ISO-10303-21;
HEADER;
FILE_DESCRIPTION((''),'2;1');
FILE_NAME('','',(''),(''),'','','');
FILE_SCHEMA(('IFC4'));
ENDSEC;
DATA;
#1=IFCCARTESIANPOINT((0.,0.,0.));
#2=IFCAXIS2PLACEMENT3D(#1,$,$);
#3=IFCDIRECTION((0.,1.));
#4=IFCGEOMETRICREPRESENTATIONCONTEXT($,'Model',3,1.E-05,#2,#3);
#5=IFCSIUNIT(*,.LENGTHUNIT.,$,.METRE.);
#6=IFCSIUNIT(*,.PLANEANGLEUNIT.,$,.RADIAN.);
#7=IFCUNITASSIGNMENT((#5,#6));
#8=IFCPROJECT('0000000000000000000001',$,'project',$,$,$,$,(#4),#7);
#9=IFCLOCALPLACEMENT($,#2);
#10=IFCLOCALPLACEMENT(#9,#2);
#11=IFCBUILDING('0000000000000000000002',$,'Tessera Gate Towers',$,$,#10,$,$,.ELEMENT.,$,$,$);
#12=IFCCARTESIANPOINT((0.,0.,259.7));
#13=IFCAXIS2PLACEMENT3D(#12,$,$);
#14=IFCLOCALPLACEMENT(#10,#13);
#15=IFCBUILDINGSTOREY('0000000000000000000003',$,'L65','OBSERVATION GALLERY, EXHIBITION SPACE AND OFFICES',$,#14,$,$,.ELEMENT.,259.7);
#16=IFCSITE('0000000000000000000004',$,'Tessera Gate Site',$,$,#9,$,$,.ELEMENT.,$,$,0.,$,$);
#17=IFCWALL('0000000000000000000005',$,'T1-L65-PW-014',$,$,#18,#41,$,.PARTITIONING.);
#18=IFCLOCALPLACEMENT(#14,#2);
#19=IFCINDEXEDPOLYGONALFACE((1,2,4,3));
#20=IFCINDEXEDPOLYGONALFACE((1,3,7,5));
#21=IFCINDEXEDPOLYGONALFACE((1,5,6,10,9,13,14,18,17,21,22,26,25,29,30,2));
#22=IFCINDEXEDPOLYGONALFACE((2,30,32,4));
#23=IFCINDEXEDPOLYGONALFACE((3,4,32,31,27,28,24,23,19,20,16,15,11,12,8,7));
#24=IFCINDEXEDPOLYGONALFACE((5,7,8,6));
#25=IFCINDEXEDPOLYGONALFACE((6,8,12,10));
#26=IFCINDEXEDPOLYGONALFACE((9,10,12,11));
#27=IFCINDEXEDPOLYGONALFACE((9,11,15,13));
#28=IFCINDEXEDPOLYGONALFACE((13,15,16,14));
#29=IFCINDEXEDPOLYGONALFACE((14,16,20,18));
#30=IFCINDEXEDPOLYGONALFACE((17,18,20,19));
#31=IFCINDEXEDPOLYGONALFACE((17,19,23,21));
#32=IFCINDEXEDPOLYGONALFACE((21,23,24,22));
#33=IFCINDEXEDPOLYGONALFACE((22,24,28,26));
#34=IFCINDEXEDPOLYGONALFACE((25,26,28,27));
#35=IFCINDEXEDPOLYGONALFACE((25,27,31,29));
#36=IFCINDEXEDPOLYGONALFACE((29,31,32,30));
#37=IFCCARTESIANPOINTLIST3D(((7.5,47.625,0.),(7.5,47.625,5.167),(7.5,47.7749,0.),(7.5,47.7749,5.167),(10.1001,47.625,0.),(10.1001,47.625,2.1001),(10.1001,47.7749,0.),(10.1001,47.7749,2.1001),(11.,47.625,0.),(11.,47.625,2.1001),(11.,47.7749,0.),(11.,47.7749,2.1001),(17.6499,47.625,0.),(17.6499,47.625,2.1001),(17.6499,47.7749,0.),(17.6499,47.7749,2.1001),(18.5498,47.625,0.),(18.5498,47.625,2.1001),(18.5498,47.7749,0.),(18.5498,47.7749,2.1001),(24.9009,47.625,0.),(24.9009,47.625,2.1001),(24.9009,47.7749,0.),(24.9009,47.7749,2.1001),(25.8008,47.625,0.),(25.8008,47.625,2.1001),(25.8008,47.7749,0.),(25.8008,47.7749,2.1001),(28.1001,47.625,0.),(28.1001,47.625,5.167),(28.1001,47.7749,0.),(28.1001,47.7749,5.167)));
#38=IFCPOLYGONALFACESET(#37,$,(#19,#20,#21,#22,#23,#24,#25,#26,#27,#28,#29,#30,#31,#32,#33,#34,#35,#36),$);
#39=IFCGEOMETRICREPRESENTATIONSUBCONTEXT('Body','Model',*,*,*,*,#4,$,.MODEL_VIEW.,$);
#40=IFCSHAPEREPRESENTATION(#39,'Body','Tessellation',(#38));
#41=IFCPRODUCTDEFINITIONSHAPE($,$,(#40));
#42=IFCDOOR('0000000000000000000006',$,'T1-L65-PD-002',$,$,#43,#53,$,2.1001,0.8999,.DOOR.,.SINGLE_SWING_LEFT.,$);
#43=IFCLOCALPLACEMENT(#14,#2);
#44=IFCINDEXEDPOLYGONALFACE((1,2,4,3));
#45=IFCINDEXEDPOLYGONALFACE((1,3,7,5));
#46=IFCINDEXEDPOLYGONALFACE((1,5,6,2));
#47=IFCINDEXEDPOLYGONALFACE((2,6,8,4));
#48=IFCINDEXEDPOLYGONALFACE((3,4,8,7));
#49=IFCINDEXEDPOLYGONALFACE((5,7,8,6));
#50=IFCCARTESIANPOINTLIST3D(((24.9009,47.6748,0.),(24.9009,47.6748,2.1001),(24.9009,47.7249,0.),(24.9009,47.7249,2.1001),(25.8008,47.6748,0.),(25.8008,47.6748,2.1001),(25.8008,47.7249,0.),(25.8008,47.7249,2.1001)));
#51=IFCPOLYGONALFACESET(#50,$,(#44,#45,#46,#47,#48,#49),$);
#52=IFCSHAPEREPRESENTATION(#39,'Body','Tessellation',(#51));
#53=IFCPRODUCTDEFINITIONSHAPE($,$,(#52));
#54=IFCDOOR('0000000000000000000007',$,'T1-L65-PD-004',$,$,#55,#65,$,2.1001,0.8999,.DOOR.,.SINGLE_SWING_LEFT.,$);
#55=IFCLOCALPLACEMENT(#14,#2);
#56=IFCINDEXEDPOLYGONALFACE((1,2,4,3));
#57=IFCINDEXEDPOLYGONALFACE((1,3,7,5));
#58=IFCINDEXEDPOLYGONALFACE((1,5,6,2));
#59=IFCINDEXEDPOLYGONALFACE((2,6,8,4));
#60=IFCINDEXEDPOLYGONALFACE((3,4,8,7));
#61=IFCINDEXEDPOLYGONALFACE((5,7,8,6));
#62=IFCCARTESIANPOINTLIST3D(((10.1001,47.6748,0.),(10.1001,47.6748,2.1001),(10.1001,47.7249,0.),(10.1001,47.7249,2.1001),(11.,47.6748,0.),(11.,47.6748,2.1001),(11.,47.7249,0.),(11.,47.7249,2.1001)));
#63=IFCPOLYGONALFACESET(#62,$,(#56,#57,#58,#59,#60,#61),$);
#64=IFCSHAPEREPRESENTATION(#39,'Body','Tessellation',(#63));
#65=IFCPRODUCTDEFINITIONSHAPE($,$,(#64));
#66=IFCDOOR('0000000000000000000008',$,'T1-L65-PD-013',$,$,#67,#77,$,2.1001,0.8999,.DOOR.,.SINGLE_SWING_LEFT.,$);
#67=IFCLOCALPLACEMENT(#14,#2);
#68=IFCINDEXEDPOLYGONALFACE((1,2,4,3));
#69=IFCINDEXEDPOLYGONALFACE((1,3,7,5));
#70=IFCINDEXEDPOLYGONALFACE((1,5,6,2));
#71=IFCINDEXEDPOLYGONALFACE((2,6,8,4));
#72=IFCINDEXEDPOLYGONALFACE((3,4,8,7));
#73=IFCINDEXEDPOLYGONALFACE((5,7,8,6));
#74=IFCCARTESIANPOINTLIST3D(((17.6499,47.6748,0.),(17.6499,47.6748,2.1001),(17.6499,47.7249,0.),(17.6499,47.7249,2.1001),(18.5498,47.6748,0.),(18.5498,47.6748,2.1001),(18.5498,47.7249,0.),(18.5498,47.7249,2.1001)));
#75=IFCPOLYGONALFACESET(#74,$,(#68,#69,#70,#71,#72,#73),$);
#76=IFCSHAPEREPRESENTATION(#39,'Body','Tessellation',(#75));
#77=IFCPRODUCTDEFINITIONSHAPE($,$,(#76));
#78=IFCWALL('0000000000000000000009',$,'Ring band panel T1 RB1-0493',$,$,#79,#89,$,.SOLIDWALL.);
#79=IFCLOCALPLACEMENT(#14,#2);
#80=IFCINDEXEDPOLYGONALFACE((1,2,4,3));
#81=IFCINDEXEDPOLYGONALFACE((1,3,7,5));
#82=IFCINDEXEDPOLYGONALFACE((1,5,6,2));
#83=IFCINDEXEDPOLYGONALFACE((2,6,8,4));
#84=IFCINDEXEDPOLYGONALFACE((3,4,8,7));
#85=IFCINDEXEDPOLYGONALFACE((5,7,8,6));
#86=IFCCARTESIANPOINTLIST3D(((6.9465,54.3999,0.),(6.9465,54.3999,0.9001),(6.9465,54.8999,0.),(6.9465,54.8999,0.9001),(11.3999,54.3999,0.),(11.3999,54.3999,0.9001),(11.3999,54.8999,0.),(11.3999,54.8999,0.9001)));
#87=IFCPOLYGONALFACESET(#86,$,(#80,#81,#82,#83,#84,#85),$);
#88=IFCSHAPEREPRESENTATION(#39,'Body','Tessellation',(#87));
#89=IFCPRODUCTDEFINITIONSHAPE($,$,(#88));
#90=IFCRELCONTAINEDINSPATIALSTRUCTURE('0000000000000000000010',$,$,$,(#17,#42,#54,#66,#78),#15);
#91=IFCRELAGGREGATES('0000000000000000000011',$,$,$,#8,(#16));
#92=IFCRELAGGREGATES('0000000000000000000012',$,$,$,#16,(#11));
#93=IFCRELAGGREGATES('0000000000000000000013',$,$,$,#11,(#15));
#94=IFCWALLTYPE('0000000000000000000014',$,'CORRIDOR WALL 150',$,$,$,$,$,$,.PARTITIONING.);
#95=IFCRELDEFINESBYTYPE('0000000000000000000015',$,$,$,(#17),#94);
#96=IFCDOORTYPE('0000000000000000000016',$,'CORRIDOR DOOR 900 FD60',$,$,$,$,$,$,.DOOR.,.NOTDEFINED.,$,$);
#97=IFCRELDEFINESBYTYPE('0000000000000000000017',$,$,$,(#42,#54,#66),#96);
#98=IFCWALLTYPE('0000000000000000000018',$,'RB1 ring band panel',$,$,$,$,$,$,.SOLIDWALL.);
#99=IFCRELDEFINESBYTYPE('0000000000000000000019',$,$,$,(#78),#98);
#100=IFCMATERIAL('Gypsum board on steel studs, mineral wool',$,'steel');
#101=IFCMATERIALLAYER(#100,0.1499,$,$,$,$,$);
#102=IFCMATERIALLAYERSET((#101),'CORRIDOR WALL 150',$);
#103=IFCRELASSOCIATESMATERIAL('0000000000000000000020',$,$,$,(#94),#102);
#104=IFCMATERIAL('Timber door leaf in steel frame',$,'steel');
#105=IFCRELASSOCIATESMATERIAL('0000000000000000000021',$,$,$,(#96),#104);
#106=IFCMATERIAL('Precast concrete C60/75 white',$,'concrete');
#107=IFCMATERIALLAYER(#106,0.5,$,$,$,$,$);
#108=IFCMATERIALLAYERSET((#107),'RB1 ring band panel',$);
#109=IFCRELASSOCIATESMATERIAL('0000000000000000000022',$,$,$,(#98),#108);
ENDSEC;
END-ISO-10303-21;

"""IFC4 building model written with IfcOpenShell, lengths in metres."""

from ifc_helpers import new_model, si_unit, direction, frame, frame_2d, origin, place, context, subcontext, project, spatial, polyline, rectangle, outline, extrude, source, transform, mapped, material, layer, layer_set, type_object, element, fill, save


model = new_model("IFC4")

# Units and contexts
model_context = context("Model", 3, precision=1e-05, world=origin(), true_north=direction((0.0, 1.0)))
body_context = subcontext(model_context, "Body", "Model", "MODEL_VIEW")
ifc_project = project(units=[si_unit("LENGTHUNIT", "METRE"), si_unit("PLANEANGLEUNIT", "RADIAN")], contexts=[model_context])

# Site, building, storey
site_placement = place(None, origin())
site = spatial("IfcSite", under=ifc_project, at=site_placement, Name="Tessera Gate Site", CompositionType="ELEMENT", RefElevation=0.0)
building_placement = place(site_placement, origin())
building = spatial("IfcBuilding", under=site, at=building_placement, Name="Tessera Gate Towers", CompositionType="ELEMENT")
storey_placement = place(building_placement, frame((0.0, 0.0, 259.7)))
storey = spatial("IfcBuildingStorey", under=building, at=storey_placement, Name="L65", Description="OBSERVATION GALLERY, EXHIBITION SPACE AND OFFICES", CompositionType="ELEMENT", Elevation=259.7)

# Wall, openings, doors
ifc_material_1 = material(Name="Gypsum board on steel studs, mineral wool", Category="steel")
ifc_layer_1 = layer(ifc_material_1, 0.1499)
ifc_layer_set_1 = layer_set([ifc_layer_1], Name="CORRIDOR WALL 150")
wall_type_1 = type_object("IfcWallType", Name="CORRIDOR WALL 150", PredefinedType="PARTITIONING", material=ifc_layer_set_1)
wall_1_placement = place(storey_placement, frame((7.5, 47.7, 0.0), z_axis=(0.0, 0.0, 1.0), x_axis=(1.0, 0.0, 0.0)))
wall_1 = element("IfcWall", 1, at=wall_1_placement, inside=storey, type_object=wall_type_1, Name="T1-L65-PW-014", PredefinedType="PARTITIONING", context=body_context, shape_type="SweptSolid", body=[
    extrude(rectangle(XDim=20.6001, YDim=0.1499, at=frame_2d((10.3, 0.0))), origin(), (0.0, 0.0, 1.0), 5.167),
])
shared_shape_1 = source(origin(), body_context, "Body", "SweptSolid", [
    extrude(rectangle(XDim=0.8999, YDim=2.1001, at=frame_2d((0.45, 1.05))), frame((0.0, 0.085, 0.0), z_axis=(0.0, -1.0, 0.0), x_axis=(1.0, 0.0, 0.0)), (0.0, 0.0, 1.0), 0.1699),
])
opening_1_placement = place(wall_1_placement, frame((17.4009, 0.0, 0.0)))
opening_1 = element("IfcOpeningElement", 2, at=opening_1_placement, cuts=wall_1, PredefinedType="OPENING", context=body_context, shape_type="MappedRepresentation", body=[
    mapped(shared_shape_1, transform((0.0, 0.0, 0.0), scale=1.0)),
])
opening_2_placement = place(wall_1_placement, frame((2.6001, 0.0, 0.0)))
opening_2 = element("IfcOpeningElement", 3, at=opening_2_placement, cuts=wall_1, PredefinedType="OPENING", context=body_context, shape_type="MappedRepresentation", body=[
    mapped(shared_shape_1, transform((0.0, 0.0, 0.0), scale=1.0)),
])
opening_3_placement = place(wall_1_placement, frame((10.1499, 0.0, 0.0)))
opening_3 = element("IfcOpeningElement", 4, at=opening_3_placement, cuts=wall_1, PredefinedType="OPENING", context=body_context, shape_type="MappedRepresentation", body=[
    mapped(shared_shape_1, transform((0.0, 0.0, 0.0), scale=1.0)),
])
ifc_material_2 = material(Name="Timber door leaf in steel frame", Category="steel")
door_type_1 = type_object("IfcDoorType", Name="CORRIDOR DOOR 900 FD60", OperationType="NOTDEFINED", PredefinedType="DOOR", material=ifc_material_2)
shared_shape_2 = source(origin(), body_context, "Body", "SweptSolid", [
    extrude(rectangle(XDim=0.8999, YDim=2.1001, at=frame_2d((0.45, 1.05))), frame((0.0, 0.0249, 0.0), z_axis=(0.0, -1.0, 0.0), x_axis=(1.0, 0.0, 0.0)), (0.0, 0.0, 1.0), 0.05),
])
door_1_placement = place(opening_1_placement, origin())
door_1 = element("IfcDoor", 5, at=door_1_placement, inside=storey, type_object=door_type_1, Name="T1-L65-PD-002", OperationType="SINGLE_SWING_LEFT", OverallHeight=2.1001, OverallWidth=0.8999, PredefinedType="DOOR", context=body_context, shape_type="MappedRepresentation", body=[
    mapped(shared_shape_2, transform((0.0, 0.0, 0.0), scale=1.0)),
])
fill(opening_1, door_1)
door_2_placement = place(opening_2_placement, origin())
door_2 = element("IfcDoor", 6, at=door_2_placement, inside=storey, type_object=door_type_1, Name="T1-L65-PD-004", OperationType="SINGLE_SWING_LEFT", OverallHeight=2.1001, OverallWidth=0.8999, PredefinedType="DOOR", context=body_context, shape_type="MappedRepresentation", body=[
    mapped(shared_shape_2, transform((0.0, 0.0, 0.0), scale=1.0)),
])
fill(opening_2, door_2)
door_3_placement = place(opening_3_placement, origin())
door_3 = element("IfcDoor", 7, at=door_3_placement, inside=storey, type_object=door_type_1, Name="T1-L65-PD-013", OperationType="SINGLE_SWING_LEFT", OverallHeight=2.1001, OverallWidth=0.8999, PredefinedType="DOOR", context=body_context, shape_type="MappedRepresentation", body=[
    mapped(shared_shape_2, transform((0.0, 0.0, 0.0), scale=1.0)),
])
fill(opening_3, door_3)

# Wall
ifc_material_3 = material(Name="Precast concrete C60/75 white", Category="concrete")
ifc_layer_2 = layer(ifc_material_3, 0.5)
ifc_layer_set_2 = layer_set([ifc_layer_2], Name="RB1 ring band panel")
wall_type_2 = type_object("IfcWallType", Name="RB1 ring band panel", PredefinedType="SOLIDWALL", material=ifc_layer_set_2)
shared_shape_3 = source(origin(), body_context, "Body", "SweptSolid", [
    extrude(outline(polyline([(0.0, 0.0), (4.4534, 0.0), (4.4534, 0.9001), (0.0, 0.9001), (0.0, 0.0)])), frame((0.0, 0.25, 0.0), z_axis=(0.0, -1.0, 0.0), x_axis=(1.0, 0.0, 0.0)), (0.0, 0.0, 1.0), 0.5),
])
wall_2_placement = place(storey_placement, frame((11.3999, 54.6499, 0.0), z_axis=(0.0, 0.0, 1.0), x_axis=(-1.0, 0.0, 0.0)))
element("IfcWall", 8, at=wall_2_placement, inside=storey, type_object=wall_type_2, Name="Ring band panel T1 RB1-0493", PredefinedType="SOLIDWALL", context=body_context, shape_type="MappedRepresentation", body=[
    mapped(shared_shape_3, transform((0.0, 0.0, 0.0), scale=1.0)),
])

save(model, "model.ifc")
